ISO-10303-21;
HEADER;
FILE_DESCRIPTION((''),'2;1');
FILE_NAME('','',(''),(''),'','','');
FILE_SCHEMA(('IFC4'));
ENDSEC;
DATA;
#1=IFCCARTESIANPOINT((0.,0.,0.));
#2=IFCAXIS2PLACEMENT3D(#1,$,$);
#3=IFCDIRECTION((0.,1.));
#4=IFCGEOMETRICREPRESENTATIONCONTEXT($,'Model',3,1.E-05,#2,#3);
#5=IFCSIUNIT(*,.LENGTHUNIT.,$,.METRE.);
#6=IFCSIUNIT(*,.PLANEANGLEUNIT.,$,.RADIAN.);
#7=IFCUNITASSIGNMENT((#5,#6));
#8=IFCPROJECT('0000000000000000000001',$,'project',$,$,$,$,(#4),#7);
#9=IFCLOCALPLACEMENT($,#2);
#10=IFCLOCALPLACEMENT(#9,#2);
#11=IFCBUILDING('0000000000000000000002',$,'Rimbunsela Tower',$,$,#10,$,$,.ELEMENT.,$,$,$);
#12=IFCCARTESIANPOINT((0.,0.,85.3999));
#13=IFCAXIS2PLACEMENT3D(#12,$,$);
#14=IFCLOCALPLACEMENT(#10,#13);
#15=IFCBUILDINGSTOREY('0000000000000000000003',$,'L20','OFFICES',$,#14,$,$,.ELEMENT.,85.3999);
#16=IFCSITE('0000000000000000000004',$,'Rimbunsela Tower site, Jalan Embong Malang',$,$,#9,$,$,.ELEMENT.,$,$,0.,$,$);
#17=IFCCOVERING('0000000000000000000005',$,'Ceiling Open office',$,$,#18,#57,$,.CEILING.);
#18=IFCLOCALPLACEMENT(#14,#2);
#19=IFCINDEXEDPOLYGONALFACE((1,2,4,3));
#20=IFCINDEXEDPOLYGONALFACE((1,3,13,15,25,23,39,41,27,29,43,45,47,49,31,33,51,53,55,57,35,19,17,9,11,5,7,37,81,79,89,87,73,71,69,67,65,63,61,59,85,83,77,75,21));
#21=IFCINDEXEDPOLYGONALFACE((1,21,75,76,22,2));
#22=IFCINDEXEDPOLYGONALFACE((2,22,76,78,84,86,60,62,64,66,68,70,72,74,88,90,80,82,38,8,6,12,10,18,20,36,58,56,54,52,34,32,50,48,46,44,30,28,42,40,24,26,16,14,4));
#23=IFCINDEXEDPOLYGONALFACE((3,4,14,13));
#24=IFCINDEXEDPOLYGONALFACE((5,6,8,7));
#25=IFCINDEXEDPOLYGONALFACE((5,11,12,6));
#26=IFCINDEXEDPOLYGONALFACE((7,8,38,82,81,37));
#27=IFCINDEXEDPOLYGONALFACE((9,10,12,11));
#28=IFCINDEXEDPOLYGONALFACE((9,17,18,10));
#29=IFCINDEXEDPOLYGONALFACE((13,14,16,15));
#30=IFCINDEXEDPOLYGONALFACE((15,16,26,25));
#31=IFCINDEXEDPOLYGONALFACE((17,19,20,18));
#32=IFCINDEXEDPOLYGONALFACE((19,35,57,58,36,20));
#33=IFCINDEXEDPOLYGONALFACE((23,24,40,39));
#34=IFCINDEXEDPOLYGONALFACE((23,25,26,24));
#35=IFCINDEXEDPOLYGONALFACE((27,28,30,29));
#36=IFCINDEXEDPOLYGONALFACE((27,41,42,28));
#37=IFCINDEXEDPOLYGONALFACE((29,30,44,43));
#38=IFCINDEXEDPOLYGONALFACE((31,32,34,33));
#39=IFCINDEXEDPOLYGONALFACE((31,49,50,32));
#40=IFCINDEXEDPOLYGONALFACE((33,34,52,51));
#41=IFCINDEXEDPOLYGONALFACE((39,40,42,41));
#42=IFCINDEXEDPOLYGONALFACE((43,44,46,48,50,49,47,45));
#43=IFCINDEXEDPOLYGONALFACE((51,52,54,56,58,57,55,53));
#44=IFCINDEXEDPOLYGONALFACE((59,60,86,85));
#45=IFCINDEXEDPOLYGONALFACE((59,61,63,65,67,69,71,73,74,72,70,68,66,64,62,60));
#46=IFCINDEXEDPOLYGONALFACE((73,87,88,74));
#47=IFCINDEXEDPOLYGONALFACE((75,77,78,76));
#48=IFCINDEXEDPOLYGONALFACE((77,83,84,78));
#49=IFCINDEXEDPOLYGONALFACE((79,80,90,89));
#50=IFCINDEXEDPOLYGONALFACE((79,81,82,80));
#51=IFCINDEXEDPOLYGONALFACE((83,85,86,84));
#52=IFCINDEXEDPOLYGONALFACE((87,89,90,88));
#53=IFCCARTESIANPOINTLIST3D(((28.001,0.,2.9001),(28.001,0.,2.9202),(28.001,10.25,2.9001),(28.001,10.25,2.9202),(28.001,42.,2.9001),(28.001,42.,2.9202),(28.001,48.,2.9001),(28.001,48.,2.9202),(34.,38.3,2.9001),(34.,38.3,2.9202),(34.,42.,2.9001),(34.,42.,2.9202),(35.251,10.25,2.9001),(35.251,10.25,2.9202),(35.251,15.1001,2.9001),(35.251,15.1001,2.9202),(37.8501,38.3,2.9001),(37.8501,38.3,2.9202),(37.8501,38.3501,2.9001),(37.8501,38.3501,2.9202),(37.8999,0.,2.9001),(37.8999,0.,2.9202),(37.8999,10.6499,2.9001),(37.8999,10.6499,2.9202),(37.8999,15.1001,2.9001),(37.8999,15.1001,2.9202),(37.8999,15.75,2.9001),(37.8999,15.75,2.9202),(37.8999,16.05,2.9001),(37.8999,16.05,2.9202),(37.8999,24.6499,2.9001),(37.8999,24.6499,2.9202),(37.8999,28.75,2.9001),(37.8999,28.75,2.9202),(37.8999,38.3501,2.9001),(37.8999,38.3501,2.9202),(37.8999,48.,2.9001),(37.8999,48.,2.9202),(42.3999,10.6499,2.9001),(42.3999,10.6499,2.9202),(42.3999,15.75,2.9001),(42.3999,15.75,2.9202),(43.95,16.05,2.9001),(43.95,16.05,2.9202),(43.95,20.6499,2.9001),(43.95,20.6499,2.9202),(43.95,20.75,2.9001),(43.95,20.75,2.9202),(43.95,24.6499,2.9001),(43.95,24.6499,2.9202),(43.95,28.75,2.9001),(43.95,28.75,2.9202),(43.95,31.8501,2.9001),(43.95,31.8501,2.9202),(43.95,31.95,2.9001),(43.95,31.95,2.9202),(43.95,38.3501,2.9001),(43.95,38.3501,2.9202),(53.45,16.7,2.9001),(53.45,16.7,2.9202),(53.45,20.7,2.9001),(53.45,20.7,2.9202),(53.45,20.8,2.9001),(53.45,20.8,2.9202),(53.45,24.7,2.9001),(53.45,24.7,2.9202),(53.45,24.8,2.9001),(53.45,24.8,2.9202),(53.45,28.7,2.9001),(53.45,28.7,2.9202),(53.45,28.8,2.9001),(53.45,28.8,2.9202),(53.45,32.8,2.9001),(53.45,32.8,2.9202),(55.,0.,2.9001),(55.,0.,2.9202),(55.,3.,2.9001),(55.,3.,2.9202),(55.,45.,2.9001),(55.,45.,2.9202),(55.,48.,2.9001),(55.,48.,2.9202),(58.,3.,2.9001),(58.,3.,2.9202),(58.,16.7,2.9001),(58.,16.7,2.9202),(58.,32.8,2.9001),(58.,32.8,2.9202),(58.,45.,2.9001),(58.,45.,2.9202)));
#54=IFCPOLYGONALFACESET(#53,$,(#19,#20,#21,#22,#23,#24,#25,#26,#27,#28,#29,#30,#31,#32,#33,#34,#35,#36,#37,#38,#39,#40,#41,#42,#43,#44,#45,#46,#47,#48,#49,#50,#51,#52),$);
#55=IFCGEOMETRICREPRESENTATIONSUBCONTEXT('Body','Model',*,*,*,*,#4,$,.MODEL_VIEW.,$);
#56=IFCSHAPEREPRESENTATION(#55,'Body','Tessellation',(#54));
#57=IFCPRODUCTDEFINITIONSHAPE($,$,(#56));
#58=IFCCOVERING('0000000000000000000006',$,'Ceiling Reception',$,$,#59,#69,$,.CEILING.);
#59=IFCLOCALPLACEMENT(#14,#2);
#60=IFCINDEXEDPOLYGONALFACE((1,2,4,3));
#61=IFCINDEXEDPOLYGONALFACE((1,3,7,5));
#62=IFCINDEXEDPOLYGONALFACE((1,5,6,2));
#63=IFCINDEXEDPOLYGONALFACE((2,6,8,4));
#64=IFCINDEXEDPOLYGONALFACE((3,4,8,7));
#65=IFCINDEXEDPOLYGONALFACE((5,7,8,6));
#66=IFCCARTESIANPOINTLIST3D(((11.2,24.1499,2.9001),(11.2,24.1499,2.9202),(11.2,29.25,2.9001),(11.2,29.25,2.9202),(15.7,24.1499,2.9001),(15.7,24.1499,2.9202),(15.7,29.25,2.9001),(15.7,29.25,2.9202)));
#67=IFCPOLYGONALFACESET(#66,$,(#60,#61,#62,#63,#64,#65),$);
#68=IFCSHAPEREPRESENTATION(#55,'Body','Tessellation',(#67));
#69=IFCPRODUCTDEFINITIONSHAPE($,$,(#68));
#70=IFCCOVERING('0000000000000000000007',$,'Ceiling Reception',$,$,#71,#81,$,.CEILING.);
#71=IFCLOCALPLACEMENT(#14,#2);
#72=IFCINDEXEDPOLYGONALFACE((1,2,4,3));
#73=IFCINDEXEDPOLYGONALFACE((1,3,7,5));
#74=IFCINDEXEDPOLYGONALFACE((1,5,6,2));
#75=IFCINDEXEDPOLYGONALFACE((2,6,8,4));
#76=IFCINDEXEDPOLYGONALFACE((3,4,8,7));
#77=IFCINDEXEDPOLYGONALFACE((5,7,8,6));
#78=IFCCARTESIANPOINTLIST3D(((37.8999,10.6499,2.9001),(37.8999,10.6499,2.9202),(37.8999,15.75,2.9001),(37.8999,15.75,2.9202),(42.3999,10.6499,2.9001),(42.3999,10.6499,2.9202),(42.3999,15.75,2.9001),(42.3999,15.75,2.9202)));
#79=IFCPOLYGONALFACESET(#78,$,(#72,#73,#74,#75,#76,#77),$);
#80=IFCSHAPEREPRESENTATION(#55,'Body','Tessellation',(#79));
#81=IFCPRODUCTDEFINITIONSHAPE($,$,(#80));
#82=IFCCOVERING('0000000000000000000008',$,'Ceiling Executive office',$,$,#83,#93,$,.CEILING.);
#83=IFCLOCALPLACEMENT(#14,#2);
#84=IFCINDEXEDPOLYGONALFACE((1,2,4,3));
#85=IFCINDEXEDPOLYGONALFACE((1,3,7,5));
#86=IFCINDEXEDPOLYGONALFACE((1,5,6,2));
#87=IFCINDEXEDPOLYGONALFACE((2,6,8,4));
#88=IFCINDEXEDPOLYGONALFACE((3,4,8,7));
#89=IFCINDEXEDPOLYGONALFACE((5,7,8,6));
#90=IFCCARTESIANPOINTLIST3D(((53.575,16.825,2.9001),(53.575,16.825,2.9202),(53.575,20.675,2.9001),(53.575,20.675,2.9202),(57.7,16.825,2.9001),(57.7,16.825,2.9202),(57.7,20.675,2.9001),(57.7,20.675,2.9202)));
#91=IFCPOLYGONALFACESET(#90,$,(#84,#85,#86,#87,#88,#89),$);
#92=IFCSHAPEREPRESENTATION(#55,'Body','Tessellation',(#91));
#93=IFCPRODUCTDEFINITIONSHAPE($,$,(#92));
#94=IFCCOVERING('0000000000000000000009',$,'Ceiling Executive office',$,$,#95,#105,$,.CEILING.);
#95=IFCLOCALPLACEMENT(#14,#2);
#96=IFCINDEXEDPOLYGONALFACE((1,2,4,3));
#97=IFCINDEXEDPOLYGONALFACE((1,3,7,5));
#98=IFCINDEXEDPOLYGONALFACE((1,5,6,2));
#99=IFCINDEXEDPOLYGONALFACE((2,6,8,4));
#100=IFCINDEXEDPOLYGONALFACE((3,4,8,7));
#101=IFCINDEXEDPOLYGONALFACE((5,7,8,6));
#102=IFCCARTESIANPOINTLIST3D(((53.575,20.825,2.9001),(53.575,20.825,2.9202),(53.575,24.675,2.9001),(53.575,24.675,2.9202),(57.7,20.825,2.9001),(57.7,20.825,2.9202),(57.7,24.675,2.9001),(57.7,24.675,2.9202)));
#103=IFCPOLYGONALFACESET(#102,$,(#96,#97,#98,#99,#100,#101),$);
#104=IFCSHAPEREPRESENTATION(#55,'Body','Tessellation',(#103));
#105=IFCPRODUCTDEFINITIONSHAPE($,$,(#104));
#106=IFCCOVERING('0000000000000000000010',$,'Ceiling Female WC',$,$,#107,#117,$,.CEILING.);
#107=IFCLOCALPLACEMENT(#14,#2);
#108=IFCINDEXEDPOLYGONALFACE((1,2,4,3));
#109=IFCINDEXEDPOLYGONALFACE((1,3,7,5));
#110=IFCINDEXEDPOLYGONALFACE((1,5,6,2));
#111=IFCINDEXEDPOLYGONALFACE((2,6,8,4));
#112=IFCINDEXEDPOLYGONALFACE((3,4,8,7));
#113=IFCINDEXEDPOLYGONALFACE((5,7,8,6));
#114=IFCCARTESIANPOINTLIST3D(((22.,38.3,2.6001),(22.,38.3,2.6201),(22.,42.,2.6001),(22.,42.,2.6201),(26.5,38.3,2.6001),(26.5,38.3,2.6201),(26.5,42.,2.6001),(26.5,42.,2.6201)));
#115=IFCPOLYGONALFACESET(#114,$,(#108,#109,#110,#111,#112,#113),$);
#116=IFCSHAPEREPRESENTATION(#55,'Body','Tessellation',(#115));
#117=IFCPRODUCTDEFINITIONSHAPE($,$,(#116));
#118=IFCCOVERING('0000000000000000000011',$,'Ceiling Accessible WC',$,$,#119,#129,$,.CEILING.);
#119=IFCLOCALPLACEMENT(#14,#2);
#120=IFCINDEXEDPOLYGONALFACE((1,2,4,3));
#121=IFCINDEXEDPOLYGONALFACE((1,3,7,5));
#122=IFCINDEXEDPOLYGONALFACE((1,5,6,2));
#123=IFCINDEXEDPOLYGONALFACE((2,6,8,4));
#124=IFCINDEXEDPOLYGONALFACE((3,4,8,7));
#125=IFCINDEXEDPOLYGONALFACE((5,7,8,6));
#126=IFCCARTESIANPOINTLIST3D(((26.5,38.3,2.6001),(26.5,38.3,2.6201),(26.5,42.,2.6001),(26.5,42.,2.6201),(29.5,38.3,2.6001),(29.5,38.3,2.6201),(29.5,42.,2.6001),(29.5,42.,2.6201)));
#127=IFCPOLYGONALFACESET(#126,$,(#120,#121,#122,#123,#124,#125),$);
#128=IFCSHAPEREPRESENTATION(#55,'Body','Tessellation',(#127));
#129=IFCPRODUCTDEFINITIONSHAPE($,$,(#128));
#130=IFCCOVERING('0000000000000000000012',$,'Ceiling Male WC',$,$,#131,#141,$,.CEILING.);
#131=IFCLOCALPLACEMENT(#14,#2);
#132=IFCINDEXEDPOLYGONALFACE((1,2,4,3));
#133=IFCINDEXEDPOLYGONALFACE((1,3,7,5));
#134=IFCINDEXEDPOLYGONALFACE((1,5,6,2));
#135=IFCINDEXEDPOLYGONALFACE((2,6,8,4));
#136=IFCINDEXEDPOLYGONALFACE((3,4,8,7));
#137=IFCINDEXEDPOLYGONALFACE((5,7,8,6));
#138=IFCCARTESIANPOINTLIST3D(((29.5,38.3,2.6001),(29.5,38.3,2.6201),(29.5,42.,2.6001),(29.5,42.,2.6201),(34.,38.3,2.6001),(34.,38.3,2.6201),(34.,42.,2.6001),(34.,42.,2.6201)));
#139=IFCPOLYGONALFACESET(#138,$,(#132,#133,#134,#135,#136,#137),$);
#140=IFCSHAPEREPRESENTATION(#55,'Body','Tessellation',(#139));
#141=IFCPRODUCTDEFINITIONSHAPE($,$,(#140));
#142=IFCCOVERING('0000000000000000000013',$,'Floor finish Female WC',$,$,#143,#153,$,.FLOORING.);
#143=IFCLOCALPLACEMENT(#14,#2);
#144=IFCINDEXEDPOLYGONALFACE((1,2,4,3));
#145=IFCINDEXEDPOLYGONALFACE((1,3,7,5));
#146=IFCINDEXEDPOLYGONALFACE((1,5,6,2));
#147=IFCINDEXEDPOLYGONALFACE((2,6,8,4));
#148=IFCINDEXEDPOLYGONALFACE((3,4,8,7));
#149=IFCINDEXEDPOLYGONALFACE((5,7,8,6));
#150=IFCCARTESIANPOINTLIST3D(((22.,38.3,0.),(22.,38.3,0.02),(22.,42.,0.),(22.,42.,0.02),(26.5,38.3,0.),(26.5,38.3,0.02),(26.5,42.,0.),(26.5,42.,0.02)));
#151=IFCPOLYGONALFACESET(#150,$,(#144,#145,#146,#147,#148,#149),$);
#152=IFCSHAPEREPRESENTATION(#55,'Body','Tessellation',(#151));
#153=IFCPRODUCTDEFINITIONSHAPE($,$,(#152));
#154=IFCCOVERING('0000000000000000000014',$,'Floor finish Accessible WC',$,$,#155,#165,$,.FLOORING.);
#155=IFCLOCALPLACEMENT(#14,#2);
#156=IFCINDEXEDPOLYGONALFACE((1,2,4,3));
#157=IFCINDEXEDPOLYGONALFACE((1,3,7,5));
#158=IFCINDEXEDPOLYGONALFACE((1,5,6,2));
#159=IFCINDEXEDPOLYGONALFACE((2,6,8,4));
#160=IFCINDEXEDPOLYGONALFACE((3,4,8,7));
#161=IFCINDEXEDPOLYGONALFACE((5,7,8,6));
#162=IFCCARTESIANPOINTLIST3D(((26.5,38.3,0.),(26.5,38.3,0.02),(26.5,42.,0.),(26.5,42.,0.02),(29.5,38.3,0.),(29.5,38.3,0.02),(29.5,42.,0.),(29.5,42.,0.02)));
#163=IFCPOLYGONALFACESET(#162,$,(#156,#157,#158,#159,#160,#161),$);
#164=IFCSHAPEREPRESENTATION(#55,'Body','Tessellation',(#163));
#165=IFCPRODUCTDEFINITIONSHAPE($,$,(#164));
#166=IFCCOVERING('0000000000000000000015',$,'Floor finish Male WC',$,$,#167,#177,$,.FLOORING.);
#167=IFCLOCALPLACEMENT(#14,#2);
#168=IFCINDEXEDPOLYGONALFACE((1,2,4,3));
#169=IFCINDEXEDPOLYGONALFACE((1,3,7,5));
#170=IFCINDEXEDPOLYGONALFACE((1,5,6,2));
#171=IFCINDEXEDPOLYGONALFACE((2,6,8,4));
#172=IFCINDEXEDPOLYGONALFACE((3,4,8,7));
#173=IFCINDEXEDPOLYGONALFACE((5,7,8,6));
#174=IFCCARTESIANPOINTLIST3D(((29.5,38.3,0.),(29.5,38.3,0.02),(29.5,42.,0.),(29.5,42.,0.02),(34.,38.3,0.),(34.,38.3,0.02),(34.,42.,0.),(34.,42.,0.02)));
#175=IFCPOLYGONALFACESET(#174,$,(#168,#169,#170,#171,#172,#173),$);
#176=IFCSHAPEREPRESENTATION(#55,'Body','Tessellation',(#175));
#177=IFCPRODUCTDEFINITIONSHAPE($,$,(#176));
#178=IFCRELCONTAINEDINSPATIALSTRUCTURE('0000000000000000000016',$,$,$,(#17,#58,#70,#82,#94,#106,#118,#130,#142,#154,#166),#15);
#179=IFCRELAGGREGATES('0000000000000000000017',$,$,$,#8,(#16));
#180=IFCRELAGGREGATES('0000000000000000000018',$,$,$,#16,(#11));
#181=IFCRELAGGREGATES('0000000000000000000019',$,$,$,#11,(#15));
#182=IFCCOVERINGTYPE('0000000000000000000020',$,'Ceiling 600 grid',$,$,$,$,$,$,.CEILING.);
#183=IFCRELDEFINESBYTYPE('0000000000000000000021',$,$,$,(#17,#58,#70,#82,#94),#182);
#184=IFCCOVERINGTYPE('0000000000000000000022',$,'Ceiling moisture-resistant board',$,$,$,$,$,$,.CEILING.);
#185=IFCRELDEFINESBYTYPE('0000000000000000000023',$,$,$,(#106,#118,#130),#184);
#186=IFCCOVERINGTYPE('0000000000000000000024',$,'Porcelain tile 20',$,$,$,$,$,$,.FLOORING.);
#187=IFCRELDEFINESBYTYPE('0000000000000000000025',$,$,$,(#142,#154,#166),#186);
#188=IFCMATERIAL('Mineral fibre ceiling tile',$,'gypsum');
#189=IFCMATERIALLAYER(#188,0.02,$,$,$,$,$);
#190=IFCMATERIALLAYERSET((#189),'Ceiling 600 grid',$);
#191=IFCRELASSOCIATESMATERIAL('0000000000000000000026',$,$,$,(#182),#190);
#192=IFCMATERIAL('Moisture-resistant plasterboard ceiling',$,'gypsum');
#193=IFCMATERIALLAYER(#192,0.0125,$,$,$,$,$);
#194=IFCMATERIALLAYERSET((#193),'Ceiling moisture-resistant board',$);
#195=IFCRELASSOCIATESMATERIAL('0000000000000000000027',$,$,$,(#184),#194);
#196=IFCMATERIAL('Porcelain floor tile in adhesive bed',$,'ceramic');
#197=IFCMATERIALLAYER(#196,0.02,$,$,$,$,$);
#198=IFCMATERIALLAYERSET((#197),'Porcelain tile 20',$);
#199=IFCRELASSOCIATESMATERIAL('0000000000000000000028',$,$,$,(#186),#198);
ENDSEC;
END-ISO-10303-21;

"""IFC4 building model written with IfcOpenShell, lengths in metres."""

from ifc_helpers import new_model, si_unit, direction, frame, origin, place, context, subcontext, project, spatial, polyline, outline, extrude, material, layer, layer_set, type_object, element, save


model = new_model("IFC4")

# Units and contexts
model_context = context("Model", 3, precision=1e-05, world=origin(), true_north=direction((0.0, 1.0)))
body_context = subcontext(model_context, "Body", "Model", "MODEL_VIEW")
ifc_project = project(units=[si_unit("LENGTHUNIT", "METRE"), si_unit("PLANEANGLEUNIT", "RADIAN")], contexts=[model_context])

# Site, building, storey
site_placement = place(None, origin())
site = spatial("IfcSite", under=ifc_project, at=site_placement, Name="Rimbunsela Tower site, Jalan Embong Malang", CompositionType="ELEMENT", RefElevation=0.0)
building_placement = place(site_placement, origin())
building = spatial("IfcBuilding", under=site, at=building_placement, Name="Rimbunsela Tower", CompositionType="ELEMENT")
storey_placement = place(building_placement, frame((0.0, 0.0, 85.3999)))
storey = spatial("IfcBuildingStorey", under=building, at=storey_placement, Name="L20", Description="OFFICES", CompositionType="ELEMENT", Elevation=85.3999)

# Coverings
ifc_material_1 = material(Name="Mineral fibre ceiling tile", Category="gypsum")
ifc_layer_1 = layer(ifc_material_1, 0.02)
ifc_layer_set_1 = layer_set([ifc_layer_1], Name="Ceiling 600 grid")
covering_type_1 = type_object("IfcCoveringType", Name="Ceiling 600 grid", PredefinedType="CEILING", material=ifc_layer_set_1)
covering_1_placement = place(storey_placement, frame((0.0, 0.0, 2.9001)))
element("IfcCovering", 1, at=covering_1_placement, inside=storey, type_object=covering_type_1, Name="Ceiling Open office", PredefinedType="CEILING", context=body_context, shape_type="SweptSolid", body=[
    extrude(outline(polyline([(37.8999, 10.6499), (42.3999, 10.6499), (42.3999, 15.75), (37.8999, 15.75), (37.8999, 16.05), (43.95, 16.05), (43.95, 20.6499), (43.95, 20.75), (43.95, 24.6499), (37.8999, 24.6499), (37.8999, 28.75), (43.95, 28.75), (43.95, 31.8501), (43.95, 31.95), (43.95, 38.3501), (37.8999, 38.3501), (37.8501, 38.3501), (37.8501, 38.3), (34.0, 38.3), (34.0, 42.0), (28.001, 42.0), (28.001, 48.0), (37.8999, 48.0), (55.0, 48.0), (55.0, 45.0), (58.0, 45.0), (58.0, 32.8), (53.45, 32.8), (53.45, 28.8), (53.45, 28.7), (53.45, 24.8), (53.45, 24.7), (53.45, 20.8), (53.45, 20.7), (53.45, 16.7), (58.0, 16.7), (58.0, 3.0), (55.0, 3.0), (55.0, 0.0), (37.8999, 0.0), (28.001, 0.0), (28.001, 10.25), (35.251, 10.25), (35.251, 15.1001), (37.8999, 15.1001), (37.8999, 10.6499)])), origin(), (0.0, 0.0, 1.0), 0.02),
])
covering_2_placement = place(storey_placement, frame((0.0, 0.0, 2.9001)))
element("IfcCovering", 2, at=covering_2_placement, inside=storey, type_object=covering_type_1, Name="Ceiling Reception", PredefinedType="CEILING", context=body_context, shape_type="SweptSolid", body=[
    extrude(outline(polyline([(15.7, 24.1499), (15.7, 29.25), (11.2, 29.25), (11.2, 24.1499), (15.7, 24.1499)])), origin(), (0.0, 0.0, 1.0), 0.02),
])
covering_3_placement = place(storey_placement, frame((0.0, 0.0, 2.9001)))
element("IfcCovering", 3, at=covering_3_placement, inside=storey, type_object=covering_type_1, Name="Ceiling Reception", PredefinedType="CEILING", context=body_context, shape_type="SweptSolid", body=[
    extrude(outline(polyline([(42.3999, 10.6499), (42.3999, 15.75), (37.8999, 15.75), (37.8999, 10.6499), (42.3999, 10.6499)])), origin(), (0.0, 0.0, 1.0), 0.02),
])
covering_4_placement = place(storey_placement, frame((0.0, 0.0, 2.9001)))
element("IfcCovering", 4, at=covering_4_placement, inside=storey, type_object=covering_type_1, Name="Ceiling Executive office", PredefinedType="CEILING", context=body_context, shape_type="SweptSolid", body=[
    extrude(outline(polyline([(57.7, 16.825), (57.7, 20.675), (53.575, 20.675), (53.575, 16.825), (57.7, 16.825)])), origin(), (0.0, 0.0, 1.0), 0.02),
])
covering_5_placement = place(storey_placement, frame((0.0, 0.0, 2.9001)))
element("IfcCovering", 5, at=covering_5_placement, inside=storey, type_object=covering_type_1, Name="Ceiling Executive office", PredefinedType="CEILING", context=body_context, shape_type="SweptSolid", body=[
    extrude(outline(polyline([(57.7, 20.825), (57.7, 24.675), (53.575, 24.675), (53.575, 20.825), (57.7, 20.825)])), origin(), (0.0, 0.0, 1.0), 0.02),
])
ifc_material_2 = material(Name="Moisture-resistant plasterboard ceiling", Category="gypsum")
ifc_layer_2 = layer(ifc_material_2, 0.0125)
ifc_layer_set_2 = layer_set([ifc_layer_2], Name="Ceiling moisture-resistant board")
covering_type_2 = type_object("IfcCoveringType", Name="Ceiling moisture-resistant board", PredefinedType="CEILING", material=ifc_layer_set_2)
covering_6_placement = place(storey_placement, frame((0.0, 0.0, 2.6001)))
element("IfcCovering", 6, at=covering_6_placement, inside=storey, type_object=covering_type_2, Name="Ceiling Female WC", PredefinedType="CEILING", context=body_context, shape_type="SweptSolid", body=[
    extrude(outline(polyline([(26.5, 38.3), (26.5, 42.0), (22.0, 42.0), (22.0, 38.3), (26.5, 38.3)])), origin(), (0.0, 0.0, 1.0), 0.02),
])
covering_7_placement = place(storey_placement, frame((0.0, 0.0, 2.6001)))
element("IfcCovering", 7, at=covering_7_placement, inside=storey, type_object=covering_type_2, Name="Ceiling Accessible WC", PredefinedType="CEILING", context=body_context, shape_type="SweptSolid", body=[
    extrude(outline(polyline([(29.5, 38.3), (29.5, 42.0), (26.5, 42.0), (26.5, 38.3), (29.5, 38.3)])), origin(), (0.0, 0.0, 1.0), 0.02),
])
covering_8_placement = place(storey_placement, frame((0.0, 0.0, 2.6001)))
element("IfcCovering", 8, at=covering_8_placement, inside=storey, type_object=covering_type_2, Name="Ceiling Male WC", PredefinedType="CEILING", context=body_context, shape_type="SweptSolid", body=[
    extrude(outline(polyline([(34.0, 38.3), (34.0, 42.0), (29.5, 42.0), (29.5, 38.3), (34.0, 38.3)])), origin(), (0.0, 0.0, 1.0), 0.02),
])
ifc_material_3 = material(Name="Porcelain floor tile in adhesive bed", Category="ceramic")
ifc_layer_3 = layer(ifc_material_3, 0.02)
ifc_layer_set_3 = layer_set([ifc_layer_3], Name="Porcelain tile 20")
covering_type_3 = type_object("IfcCoveringType", Name="Porcelain tile 20", PredefinedType="FLOORING", material=ifc_layer_set_3)
covering_9_placement = place(storey_placement, origin())
element("IfcCovering", 9, at=covering_9_placement, inside=storey, type_object=covering_type_3, Name="Floor finish Female WC", PredefinedType="FLOORING", context=body_context, shape_type="SweptSolid", body=[
    extrude(outline(polyline([(26.5, 38.3), (26.5, 42.0), (22.0, 42.0), (22.0, 38.3), (26.5, 38.3)])), origin(), (0.0, 0.0, 1.0), 0.02),
])
covering_10_placement = place(storey_placement, origin())
element("IfcCovering", 10, at=covering_10_placement, inside=storey, type_object=covering_type_3, Name="Floor finish Accessible WC", PredefinedType="FLOORING", context=body_context, shape_type="SweptSolid", body=[
    extrude(outline(polyline([(29.5, 38.3), (29.5, 42.0), (26.5, 42.0), (26.5, 38.3), (29.5, 38.3)])), origin(), (0.0, 0.0, 1.0), 0.02),
])
covering_11_placement = place(storey_placement, origin())
element("IfcCovering", 11, at=covering_11_placement, inside=storey, type_object=covering_type_3, Name="Floor finish Male WC", PredefinedType="FLOORING", context=body_context, shape_type="SweptSolid", body=[
    extrude(outline(polyline([(34.0, 38.3), (34.0, 42.0), (29.5, 42.0), (29.5, 38.3), (34.0, 38.3)])), origin(), (0.0, 0.0, 1.0), 0.02),
])

save(model, "model.ifc")
